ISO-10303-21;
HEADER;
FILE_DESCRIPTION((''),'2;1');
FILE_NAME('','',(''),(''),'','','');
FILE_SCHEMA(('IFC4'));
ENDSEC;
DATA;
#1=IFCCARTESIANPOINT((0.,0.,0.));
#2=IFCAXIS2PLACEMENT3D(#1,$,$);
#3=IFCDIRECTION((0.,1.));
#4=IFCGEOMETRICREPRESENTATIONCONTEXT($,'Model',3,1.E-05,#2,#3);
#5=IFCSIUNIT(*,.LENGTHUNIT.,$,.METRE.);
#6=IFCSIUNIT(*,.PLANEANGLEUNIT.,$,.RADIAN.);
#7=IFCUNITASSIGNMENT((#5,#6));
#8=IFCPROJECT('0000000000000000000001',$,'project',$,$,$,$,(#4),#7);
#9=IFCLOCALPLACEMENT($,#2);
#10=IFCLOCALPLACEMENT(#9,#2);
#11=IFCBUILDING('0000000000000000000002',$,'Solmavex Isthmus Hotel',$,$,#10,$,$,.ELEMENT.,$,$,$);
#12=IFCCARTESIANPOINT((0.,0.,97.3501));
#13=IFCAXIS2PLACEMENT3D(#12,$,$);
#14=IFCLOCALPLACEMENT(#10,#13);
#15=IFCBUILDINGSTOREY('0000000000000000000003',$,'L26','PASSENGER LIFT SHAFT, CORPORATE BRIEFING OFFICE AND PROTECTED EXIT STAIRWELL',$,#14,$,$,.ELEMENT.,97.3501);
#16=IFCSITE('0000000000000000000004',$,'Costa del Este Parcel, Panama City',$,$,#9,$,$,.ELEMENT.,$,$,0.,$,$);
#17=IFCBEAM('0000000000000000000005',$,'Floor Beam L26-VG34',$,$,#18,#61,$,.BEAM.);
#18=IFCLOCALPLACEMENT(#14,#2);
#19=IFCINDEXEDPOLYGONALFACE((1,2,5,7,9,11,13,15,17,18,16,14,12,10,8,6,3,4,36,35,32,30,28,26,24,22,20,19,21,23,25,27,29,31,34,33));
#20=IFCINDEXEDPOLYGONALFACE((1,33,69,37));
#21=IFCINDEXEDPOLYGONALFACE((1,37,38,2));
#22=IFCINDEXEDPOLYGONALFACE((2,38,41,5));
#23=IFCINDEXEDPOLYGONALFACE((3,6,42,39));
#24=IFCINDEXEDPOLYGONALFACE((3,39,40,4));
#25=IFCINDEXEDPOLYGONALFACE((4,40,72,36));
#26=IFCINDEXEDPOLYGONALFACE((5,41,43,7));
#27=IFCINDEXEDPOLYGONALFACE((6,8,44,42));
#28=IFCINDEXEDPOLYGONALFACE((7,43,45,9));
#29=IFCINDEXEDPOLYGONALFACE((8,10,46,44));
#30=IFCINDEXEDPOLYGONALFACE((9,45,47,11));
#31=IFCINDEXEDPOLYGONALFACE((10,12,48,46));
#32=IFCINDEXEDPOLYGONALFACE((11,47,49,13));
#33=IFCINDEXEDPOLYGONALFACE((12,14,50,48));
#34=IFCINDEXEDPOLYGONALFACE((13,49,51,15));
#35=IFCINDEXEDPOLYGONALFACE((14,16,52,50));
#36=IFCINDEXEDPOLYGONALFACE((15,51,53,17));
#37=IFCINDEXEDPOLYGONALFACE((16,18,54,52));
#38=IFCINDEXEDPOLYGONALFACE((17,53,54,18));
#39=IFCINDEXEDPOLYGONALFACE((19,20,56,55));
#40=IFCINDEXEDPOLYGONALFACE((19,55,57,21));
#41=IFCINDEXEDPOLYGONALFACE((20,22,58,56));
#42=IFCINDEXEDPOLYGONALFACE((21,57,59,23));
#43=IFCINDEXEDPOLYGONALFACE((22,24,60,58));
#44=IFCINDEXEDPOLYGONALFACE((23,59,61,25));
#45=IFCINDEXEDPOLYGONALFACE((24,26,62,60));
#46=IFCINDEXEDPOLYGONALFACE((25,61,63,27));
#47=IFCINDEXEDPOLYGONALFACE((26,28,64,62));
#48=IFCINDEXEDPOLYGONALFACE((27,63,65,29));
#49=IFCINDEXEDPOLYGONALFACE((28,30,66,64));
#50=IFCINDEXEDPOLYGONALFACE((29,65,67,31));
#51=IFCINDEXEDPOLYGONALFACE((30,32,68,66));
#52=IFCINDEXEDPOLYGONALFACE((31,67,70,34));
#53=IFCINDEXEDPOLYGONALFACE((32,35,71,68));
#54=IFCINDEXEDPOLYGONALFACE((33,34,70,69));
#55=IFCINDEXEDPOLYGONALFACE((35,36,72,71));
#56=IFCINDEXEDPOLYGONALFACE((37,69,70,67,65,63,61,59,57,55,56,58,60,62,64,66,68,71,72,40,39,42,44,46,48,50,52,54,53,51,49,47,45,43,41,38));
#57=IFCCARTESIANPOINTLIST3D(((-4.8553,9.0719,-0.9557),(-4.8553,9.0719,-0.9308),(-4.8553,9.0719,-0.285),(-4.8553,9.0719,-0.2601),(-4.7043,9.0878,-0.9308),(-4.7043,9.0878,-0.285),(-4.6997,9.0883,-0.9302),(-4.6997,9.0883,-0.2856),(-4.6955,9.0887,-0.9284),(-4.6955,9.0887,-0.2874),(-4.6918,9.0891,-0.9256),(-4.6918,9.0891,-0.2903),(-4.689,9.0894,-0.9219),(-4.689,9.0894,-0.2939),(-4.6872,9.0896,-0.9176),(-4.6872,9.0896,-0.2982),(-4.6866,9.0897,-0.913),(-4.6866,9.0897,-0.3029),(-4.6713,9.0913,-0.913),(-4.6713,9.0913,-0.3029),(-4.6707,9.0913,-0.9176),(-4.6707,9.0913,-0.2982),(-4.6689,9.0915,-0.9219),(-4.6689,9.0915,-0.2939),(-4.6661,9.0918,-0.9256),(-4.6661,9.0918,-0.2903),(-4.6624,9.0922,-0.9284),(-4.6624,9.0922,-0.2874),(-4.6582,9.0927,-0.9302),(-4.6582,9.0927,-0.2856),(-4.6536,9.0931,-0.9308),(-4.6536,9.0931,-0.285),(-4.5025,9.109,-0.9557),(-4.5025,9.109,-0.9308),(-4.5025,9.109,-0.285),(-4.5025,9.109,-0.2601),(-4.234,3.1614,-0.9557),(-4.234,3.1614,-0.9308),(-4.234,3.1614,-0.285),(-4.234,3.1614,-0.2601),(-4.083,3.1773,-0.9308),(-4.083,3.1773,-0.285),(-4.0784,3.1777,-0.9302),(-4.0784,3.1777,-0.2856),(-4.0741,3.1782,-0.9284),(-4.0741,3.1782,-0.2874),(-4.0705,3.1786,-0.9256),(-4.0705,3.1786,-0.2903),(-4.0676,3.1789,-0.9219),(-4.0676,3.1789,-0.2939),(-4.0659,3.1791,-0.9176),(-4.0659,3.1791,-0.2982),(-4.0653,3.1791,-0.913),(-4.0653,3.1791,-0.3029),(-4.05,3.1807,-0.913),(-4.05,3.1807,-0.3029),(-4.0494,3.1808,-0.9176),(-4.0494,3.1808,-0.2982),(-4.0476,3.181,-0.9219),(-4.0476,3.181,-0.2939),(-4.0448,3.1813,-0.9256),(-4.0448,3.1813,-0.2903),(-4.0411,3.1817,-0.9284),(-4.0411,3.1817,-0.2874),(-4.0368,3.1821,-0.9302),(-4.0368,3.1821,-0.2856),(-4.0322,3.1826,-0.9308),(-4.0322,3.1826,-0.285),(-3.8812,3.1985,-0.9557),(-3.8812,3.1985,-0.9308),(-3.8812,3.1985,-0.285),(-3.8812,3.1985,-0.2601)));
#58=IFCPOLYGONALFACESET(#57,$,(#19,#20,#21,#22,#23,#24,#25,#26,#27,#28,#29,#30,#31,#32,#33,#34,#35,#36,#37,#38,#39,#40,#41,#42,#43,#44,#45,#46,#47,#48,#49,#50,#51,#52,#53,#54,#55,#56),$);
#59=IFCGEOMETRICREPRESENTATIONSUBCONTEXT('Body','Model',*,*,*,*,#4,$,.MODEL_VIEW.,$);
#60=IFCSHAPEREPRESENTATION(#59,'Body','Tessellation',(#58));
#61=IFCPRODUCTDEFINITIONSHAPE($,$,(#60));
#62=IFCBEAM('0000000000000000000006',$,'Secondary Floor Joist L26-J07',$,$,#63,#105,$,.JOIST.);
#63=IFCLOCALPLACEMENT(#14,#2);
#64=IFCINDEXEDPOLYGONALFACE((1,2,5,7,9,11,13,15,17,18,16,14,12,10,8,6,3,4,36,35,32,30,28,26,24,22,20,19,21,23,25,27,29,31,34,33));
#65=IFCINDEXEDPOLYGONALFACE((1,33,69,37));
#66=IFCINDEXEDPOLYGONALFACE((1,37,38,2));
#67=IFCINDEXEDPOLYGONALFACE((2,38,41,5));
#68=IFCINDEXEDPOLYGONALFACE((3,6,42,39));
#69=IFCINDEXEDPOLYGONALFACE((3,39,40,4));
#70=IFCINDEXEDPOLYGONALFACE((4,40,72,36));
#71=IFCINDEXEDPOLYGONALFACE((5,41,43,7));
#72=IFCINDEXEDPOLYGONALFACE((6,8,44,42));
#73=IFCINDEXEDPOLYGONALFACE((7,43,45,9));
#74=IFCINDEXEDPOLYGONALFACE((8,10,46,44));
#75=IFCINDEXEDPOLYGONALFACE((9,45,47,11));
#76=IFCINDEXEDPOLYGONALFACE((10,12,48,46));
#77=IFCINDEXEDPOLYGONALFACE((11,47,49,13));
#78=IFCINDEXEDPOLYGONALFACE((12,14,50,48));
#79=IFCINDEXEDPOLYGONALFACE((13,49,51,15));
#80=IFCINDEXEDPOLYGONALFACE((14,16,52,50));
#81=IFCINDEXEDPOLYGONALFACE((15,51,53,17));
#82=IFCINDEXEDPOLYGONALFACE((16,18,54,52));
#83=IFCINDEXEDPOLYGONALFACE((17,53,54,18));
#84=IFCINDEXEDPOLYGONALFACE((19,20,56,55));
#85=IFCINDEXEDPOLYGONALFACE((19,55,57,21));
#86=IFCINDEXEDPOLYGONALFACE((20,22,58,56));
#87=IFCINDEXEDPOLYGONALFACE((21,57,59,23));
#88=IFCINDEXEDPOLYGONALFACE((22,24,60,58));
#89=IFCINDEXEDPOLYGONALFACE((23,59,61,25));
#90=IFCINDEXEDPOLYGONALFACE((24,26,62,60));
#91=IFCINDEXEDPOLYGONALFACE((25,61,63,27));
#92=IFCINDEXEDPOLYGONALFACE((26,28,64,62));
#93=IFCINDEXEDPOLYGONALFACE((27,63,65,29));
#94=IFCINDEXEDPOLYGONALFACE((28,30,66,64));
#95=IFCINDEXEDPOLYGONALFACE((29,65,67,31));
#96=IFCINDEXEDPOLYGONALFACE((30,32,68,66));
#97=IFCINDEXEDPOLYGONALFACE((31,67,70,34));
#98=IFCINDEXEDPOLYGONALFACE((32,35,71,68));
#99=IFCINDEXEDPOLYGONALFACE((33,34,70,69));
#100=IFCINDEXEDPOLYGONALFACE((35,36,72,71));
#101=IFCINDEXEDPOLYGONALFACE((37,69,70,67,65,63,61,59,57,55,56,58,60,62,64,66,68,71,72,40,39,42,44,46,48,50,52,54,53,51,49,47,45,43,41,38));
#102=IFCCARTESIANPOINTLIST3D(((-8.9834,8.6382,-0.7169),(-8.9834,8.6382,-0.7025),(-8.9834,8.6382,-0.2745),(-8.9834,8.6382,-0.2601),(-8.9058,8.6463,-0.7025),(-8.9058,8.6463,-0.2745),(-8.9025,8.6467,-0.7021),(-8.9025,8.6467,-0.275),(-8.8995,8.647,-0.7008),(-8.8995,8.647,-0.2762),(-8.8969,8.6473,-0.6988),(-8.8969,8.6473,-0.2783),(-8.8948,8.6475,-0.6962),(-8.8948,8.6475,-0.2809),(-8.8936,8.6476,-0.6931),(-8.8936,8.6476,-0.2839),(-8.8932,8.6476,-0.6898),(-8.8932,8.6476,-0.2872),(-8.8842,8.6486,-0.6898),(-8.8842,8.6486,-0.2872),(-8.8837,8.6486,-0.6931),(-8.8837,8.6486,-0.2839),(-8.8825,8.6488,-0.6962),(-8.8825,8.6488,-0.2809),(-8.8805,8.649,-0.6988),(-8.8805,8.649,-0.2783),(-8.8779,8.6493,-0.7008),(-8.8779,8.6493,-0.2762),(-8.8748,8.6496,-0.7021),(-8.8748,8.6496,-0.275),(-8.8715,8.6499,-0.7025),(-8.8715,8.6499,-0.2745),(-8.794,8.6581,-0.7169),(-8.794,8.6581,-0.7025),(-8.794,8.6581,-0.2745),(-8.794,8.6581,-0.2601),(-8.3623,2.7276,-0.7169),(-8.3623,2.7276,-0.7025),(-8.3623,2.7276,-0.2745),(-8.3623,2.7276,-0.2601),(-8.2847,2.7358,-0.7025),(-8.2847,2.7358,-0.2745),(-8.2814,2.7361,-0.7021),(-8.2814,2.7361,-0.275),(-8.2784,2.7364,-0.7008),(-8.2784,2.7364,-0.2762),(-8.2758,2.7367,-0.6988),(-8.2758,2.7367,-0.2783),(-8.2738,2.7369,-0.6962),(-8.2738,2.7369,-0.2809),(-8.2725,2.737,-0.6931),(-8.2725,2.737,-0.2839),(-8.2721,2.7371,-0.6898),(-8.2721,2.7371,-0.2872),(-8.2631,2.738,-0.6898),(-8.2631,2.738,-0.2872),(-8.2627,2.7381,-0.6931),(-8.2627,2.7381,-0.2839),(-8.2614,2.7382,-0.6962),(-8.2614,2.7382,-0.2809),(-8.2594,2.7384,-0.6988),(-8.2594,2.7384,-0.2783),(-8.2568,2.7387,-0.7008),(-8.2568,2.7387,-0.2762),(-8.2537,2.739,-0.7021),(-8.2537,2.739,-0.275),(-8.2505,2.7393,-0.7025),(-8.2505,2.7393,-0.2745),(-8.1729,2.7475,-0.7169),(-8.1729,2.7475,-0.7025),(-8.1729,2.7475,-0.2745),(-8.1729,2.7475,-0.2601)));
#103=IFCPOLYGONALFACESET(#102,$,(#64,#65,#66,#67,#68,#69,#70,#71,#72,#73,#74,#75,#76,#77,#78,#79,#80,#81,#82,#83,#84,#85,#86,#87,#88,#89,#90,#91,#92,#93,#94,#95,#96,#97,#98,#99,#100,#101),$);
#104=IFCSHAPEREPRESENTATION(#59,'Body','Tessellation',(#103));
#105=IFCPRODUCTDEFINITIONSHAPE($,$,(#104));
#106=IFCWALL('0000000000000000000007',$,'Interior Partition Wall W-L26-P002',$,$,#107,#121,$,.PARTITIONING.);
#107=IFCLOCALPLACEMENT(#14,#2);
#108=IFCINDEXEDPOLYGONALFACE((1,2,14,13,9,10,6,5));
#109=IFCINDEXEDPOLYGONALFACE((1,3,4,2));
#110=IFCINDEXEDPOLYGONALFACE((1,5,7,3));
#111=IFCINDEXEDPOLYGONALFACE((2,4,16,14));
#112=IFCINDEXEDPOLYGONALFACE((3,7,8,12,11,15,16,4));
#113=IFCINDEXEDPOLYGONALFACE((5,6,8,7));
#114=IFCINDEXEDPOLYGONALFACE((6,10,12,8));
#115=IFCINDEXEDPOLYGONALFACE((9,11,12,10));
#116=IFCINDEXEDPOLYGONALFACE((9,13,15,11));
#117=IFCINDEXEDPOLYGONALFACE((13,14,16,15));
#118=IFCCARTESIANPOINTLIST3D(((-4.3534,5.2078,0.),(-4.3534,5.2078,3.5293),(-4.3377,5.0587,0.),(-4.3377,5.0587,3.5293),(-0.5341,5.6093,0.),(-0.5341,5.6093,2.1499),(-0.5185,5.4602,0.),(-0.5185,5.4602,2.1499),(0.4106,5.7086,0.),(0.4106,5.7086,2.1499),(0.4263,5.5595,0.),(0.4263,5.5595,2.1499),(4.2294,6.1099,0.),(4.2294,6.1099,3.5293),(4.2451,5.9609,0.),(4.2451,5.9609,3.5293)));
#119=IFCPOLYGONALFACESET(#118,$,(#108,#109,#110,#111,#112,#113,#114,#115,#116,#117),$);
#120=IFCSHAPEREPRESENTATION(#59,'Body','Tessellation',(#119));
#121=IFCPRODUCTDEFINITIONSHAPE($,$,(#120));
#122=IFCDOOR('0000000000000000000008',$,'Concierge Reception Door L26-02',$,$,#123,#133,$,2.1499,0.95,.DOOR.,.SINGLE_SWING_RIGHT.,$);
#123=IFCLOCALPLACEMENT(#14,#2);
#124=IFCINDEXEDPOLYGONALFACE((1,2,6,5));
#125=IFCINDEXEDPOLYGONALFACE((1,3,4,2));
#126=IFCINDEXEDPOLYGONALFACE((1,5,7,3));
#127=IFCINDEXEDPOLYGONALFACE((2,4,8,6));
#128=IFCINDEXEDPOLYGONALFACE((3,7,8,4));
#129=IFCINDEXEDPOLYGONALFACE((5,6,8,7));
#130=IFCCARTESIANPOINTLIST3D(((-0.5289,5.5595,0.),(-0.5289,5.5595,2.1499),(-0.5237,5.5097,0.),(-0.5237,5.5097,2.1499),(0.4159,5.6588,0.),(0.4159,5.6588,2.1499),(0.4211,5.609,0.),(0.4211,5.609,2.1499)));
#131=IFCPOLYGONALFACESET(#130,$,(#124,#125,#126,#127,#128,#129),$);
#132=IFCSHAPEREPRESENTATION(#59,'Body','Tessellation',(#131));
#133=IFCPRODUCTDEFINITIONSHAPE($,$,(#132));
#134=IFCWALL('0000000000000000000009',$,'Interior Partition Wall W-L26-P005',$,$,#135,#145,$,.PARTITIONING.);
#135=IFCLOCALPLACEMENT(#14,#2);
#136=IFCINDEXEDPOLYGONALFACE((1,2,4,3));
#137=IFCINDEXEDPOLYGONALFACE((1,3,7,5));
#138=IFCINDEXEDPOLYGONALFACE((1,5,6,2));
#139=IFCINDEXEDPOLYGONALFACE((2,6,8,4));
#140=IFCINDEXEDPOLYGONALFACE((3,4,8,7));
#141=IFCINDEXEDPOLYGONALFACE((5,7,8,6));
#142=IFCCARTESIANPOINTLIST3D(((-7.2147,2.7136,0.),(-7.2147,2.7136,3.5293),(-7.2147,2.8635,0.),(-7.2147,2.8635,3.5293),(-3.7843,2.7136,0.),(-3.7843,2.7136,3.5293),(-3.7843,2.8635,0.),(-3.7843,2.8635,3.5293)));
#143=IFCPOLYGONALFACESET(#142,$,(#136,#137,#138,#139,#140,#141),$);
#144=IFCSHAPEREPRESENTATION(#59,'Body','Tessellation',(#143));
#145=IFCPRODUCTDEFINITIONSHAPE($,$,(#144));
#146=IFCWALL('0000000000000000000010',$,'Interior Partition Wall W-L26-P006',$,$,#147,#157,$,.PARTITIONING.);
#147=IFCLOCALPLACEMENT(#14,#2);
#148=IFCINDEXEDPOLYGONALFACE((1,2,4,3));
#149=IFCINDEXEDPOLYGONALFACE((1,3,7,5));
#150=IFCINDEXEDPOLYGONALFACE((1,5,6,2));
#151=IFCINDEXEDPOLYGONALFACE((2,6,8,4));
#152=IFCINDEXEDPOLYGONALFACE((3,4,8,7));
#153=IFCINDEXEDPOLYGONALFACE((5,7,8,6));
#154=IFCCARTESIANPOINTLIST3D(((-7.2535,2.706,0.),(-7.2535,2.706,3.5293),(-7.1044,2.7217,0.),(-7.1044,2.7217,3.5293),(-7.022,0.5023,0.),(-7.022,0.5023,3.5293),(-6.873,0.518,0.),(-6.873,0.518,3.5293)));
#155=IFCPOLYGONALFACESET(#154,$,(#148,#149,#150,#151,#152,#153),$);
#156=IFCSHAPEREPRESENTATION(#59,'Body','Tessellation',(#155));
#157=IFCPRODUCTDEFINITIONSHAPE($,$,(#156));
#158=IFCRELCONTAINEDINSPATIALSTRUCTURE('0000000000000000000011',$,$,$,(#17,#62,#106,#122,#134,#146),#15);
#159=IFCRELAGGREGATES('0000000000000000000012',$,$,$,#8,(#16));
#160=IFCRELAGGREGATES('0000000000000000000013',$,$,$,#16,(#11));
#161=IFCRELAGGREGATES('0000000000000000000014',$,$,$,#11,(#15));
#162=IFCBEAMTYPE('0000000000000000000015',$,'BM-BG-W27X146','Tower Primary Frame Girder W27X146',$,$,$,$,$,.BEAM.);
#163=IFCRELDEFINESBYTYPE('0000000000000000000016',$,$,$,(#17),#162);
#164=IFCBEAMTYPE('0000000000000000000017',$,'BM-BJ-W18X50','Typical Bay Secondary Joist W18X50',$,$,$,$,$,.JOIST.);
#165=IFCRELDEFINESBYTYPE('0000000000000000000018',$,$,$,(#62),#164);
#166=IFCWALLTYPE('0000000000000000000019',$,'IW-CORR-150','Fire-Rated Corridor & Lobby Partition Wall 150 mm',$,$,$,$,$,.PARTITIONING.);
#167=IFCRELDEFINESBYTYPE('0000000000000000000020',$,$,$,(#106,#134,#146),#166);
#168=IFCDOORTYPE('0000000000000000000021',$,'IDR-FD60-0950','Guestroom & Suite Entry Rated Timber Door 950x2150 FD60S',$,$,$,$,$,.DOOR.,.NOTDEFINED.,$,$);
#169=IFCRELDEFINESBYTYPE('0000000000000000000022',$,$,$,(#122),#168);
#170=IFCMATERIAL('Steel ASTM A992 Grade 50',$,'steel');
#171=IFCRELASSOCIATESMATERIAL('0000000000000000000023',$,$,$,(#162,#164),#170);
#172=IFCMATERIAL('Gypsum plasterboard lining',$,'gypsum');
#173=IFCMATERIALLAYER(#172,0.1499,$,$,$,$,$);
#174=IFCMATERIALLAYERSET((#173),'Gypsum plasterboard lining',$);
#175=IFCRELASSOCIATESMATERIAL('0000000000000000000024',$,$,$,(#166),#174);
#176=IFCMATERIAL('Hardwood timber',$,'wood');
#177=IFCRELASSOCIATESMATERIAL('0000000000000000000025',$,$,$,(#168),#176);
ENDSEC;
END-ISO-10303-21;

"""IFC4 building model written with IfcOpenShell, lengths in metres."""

from ifc_helpers import new_model, si_unit, direction, frame, frame_2d, origin, origin_2d, place, context, subcontext, project, spatial, rectangle, i_section, extrude, material, layer, layer_set, material_profile, profile_set, type_object, element, fill, save


model = new_model("IFC4")

# Units and contexts
model_context = context("Model", 3, precision=1e-05, world=origin(), true_north=direction((0.0, 1.0)))
body_context = subcontext(model_context, "Body", "Model", "MODEL_VIEW")
ifc_project = project(units=[si_unit("LENGTHUNIT", "METRE"), si_unit("PLANEANGLEUNIT", "RADIAN")], contexts=[model_context])

# Site, building, storey
site_placement = place(None, origin())
site = spatial("IfcSite", under=ifc_project, at=site_placement, Name="Costa del Este Parcel, Panama City", CompositionType="ELEMENT", RefElevation=0.0)
building_placement = place(site_placement, origin())
building = spatial("IfcBuilding", under=site, at=building_placement, Name="Solmavex Isthmus Hotel", CompositionType="ELEMENT")
storey_placement = place(building_placement, frame((0.0, 0.0, 97.3501)))
storey = spatial("IfcBuildingStorey", under=building, at=storey_placement, Name="L26", Description="PASSENGER LIFT SHAFT, CORPORATE BRIEFING OFFICE AND PROTECTED EXIT STAIRWELL", CompositionType="ELEMENT", Elevation=97.3501)

# Beams
ifc_material_1 = material(Name="Steel ASTM A992 Grade 50", Category="steel")
ifc_material_profile_1 = material_profile(ifc_material_1, i_section(OverallWidth=0.3547, OverallDepth=0.6956, WebThickness=0.0154, FlangeThickness=0.0249, FilletRadius=0.0178, at=origin_2d()), Name="W27X146")
ifc_profile_set_1 = profile_set([ifc_material_profile_1], Name="Steel ASTM A992 Grade 50")
beam_type_1 = type_object("IfcBeamType", Name="BM-BG-W27X146", Description="Tower Primary Frame Girder W27X146", PredefinedType="BEAM", material=ifc_profile_set_1)
beam_1_placement = place(storey_placement, frame((-4.0576, 3.1799, -0.6079), z_axis=(-0.104546, 0.99452, 0.0), x_axis=(-0.99452, -0.104546, 0.0)))
element("IfcBeam", 1, at=beam_1_placement, inside=storey, type_object=beam_type_1, Name="Floor Beam L26-VG34", PredefinedType="BEAM", context=body_context, shape_type="SweptSolid", body=[
    extrude(i_section(OverallWidth=0.3547, OverallDepth=0.6956, WebThickness=0.0154, FlangeThickness=0.0249, FilletRadius=0.0178, at=origin_2d()), origin(), (0.0, 0.0, 1.0), 5.9431),
])
ifc_material_profile_2 = material_profile(ifc_material_1, i_section(OverallWidth=0.1904, OverallDepth=0.4568, WebThickness=0.009, FlangeThickness=0.0144, FilletRadius=0.0127, at=origin_2d()), Name="W18X50")
ifc_profile_set_2 = profile_set([ifc_material_profile_2], Name="Steel ASTM A992 Grade 50")
beam_type_2 = type_object("IfcBeamType", Name="BM-BJ-W18X50", Description="Typical Bay Secondary Joist W18X50", PredefinedType="JOIST", material=ifc_profile_set_2)
beam_2_placement = place(storey_placement, frame((-8.2676, 2.7375, -0.4885), z_axis=(-0.104505, 0.994524, 0.0), x_axis=(-0.994524, -0.104505, 0.0)))
element("IfcBeam", 2, at=beam_2_placement, inside=storey, type_object=beam_type_2, Name="Secondary Floor Joist L26-J07", PredefinedType="JOIST", context=body_context, shape_type="SweptSolid", body=[
    extrude(i_section(OverallWidth=0.1904, OverallDepth=0.4568, WebThickness=0.009, FlangeThickness=0.0144, FilletRadius=0.0127, at=origin_2d()), origin(), (0.0, 0.0, 1.0), 5.9431),
])

# Wall, opening, door
ifc_material_2 = material(Name="Gypsum plasterboard lining", Category="gypsum")
ifc_layer_1 = layer(ifc_material_2, 0.1499)
ifc_layer_set_1 = layer_set([ifc_layer_1], Name="Gypsum plasterboard lining")
wall_type = type_object("IfcWallType", Name="IW-CORR-150", Description="Fire-Rated Corridor & Lobby Partition Wall 150 mm", PredefinedType="PARTITIONING", material=ifc_layer_set_1)
wall_1_placement = place(storey_placement, frame((-4.3455, 5.1333, 0.0), z_axis=(0.0, 0.0, 1.0), x_axis=(0.994522, 0.10453, 0.0)))
wall_1 = element("IfcWall", 3, at=wall_1_placement, inside=storey, type_object=wall_type, Name="Interior Partition Wall W-L26-P002", PredefinedType="PARTITIONING", context=body_context, shape_type="SweptSolid", body=[
    extrude(rectangle(XDim=8.6301, YDim=0.1499, at=frame_2d((4.3149, 0.0))), origin(), (0.0, 0.0, 1.0), 3.5293),
])
opening_1_placement = place(wall_1_placement, frame((3.8401, 0.0, 0.0)))
opening_1 = element("IfcOpeningElement", 4, at=opening_1_placement, cuts=wall_1, PredefinedType="OPENING", context=body_context, shape_type="SweptSolid", body=[
    extrude(rectangle(XDim=0.95, YDim=2.1499, at=frame_2d((0.4751, 1.075))), frame((0.0, 0.085, 0.0), z_axis=(0.0, -1.0, 0.0), x_axis=(1.0, 0.0, 0.0)), (0.0, 0.0, 1.0), 0.1699),
])
ifc_material_3 = material(Name="Hardwood timber", Category="wood")
door_type_1 = type_object("IfcDoorType", Name="IDR-FD60-0950", Description="Guestroom & Suite Entry Rated Timber Door 950x2150 FD60S", OperationType="NOTDEFINED", PredefinedType="DOOR", material=ifc_material_3)
door_1_placement = place(opening_1_placement, origin())
door_1 = element("IfcDoor", 5, at=door_1_placement, inside=storey, type_object=door_type_1, Name="Concierge Reception Door L26-02", OperationType="SINGLE_SWING_RIGHT", OverallHeight=2.1499, OverallWidth=0.95, PredefinedType="DOOR", context=body_context, shape_type="SweptSolid", body=[
    extrude(rectangle(XDim=0.95, YDim=2.1499, at=frame_2d((0.4751, 1.075))), frame((0.0, 0.0249, 0.0), z_axis=(0.0, -1.0, 0.0), x_axis=(1.0, 0.0, 0.0)), (0.0, 0.0, 1.0), 0.05),
])
fill(opening_1, door_1)

# Walls
wall_2_placement = place(storey_placement, frame((-3.7842, 2.7886, 0.0), z_axis=(0.0, 0.0, 1.0), x_axis=(-1.0, 0.0, 0.0)))
element("IfcWall", 6, at=wall_2_placement, inside=storey, type_object=wall_type, Name="Interior Partition Wall W-L26-P005", PredefinedType="PARTITIONING", context=body_context, shape_type="SweptSolid", body=[
    extrude(rectangle(XDim=3.4304, YDim=0.1499, at=frame_2d((1.7153, 0.0))), origin(), (0.0, 0.0, 1.0), 3.5293),
])
wall_3_placement = place(storey_placement, frame((-7.179, 2.7139, 0.0), z_axis=(0.0, 0.0, 1.0), x_axis=(0.104455, -0.99453, 0.0)))
element("IfcWall", 7, at=wall_3_placement, inside=storey, type_object=wall_type, Name="Interior Partition Wall W-L26-P006", PredefinedType="PARTITIONING", context=body_context, shape_type="SweptSolid", body=[
    extrude(rectangle(XDim=2.2158, YDim=0.1499, at=frame_2d((1.1079, 0.0))), origin(), (0.0, 0.0, 1.0), 3.5293),
])

save(model, "model.ifc")
